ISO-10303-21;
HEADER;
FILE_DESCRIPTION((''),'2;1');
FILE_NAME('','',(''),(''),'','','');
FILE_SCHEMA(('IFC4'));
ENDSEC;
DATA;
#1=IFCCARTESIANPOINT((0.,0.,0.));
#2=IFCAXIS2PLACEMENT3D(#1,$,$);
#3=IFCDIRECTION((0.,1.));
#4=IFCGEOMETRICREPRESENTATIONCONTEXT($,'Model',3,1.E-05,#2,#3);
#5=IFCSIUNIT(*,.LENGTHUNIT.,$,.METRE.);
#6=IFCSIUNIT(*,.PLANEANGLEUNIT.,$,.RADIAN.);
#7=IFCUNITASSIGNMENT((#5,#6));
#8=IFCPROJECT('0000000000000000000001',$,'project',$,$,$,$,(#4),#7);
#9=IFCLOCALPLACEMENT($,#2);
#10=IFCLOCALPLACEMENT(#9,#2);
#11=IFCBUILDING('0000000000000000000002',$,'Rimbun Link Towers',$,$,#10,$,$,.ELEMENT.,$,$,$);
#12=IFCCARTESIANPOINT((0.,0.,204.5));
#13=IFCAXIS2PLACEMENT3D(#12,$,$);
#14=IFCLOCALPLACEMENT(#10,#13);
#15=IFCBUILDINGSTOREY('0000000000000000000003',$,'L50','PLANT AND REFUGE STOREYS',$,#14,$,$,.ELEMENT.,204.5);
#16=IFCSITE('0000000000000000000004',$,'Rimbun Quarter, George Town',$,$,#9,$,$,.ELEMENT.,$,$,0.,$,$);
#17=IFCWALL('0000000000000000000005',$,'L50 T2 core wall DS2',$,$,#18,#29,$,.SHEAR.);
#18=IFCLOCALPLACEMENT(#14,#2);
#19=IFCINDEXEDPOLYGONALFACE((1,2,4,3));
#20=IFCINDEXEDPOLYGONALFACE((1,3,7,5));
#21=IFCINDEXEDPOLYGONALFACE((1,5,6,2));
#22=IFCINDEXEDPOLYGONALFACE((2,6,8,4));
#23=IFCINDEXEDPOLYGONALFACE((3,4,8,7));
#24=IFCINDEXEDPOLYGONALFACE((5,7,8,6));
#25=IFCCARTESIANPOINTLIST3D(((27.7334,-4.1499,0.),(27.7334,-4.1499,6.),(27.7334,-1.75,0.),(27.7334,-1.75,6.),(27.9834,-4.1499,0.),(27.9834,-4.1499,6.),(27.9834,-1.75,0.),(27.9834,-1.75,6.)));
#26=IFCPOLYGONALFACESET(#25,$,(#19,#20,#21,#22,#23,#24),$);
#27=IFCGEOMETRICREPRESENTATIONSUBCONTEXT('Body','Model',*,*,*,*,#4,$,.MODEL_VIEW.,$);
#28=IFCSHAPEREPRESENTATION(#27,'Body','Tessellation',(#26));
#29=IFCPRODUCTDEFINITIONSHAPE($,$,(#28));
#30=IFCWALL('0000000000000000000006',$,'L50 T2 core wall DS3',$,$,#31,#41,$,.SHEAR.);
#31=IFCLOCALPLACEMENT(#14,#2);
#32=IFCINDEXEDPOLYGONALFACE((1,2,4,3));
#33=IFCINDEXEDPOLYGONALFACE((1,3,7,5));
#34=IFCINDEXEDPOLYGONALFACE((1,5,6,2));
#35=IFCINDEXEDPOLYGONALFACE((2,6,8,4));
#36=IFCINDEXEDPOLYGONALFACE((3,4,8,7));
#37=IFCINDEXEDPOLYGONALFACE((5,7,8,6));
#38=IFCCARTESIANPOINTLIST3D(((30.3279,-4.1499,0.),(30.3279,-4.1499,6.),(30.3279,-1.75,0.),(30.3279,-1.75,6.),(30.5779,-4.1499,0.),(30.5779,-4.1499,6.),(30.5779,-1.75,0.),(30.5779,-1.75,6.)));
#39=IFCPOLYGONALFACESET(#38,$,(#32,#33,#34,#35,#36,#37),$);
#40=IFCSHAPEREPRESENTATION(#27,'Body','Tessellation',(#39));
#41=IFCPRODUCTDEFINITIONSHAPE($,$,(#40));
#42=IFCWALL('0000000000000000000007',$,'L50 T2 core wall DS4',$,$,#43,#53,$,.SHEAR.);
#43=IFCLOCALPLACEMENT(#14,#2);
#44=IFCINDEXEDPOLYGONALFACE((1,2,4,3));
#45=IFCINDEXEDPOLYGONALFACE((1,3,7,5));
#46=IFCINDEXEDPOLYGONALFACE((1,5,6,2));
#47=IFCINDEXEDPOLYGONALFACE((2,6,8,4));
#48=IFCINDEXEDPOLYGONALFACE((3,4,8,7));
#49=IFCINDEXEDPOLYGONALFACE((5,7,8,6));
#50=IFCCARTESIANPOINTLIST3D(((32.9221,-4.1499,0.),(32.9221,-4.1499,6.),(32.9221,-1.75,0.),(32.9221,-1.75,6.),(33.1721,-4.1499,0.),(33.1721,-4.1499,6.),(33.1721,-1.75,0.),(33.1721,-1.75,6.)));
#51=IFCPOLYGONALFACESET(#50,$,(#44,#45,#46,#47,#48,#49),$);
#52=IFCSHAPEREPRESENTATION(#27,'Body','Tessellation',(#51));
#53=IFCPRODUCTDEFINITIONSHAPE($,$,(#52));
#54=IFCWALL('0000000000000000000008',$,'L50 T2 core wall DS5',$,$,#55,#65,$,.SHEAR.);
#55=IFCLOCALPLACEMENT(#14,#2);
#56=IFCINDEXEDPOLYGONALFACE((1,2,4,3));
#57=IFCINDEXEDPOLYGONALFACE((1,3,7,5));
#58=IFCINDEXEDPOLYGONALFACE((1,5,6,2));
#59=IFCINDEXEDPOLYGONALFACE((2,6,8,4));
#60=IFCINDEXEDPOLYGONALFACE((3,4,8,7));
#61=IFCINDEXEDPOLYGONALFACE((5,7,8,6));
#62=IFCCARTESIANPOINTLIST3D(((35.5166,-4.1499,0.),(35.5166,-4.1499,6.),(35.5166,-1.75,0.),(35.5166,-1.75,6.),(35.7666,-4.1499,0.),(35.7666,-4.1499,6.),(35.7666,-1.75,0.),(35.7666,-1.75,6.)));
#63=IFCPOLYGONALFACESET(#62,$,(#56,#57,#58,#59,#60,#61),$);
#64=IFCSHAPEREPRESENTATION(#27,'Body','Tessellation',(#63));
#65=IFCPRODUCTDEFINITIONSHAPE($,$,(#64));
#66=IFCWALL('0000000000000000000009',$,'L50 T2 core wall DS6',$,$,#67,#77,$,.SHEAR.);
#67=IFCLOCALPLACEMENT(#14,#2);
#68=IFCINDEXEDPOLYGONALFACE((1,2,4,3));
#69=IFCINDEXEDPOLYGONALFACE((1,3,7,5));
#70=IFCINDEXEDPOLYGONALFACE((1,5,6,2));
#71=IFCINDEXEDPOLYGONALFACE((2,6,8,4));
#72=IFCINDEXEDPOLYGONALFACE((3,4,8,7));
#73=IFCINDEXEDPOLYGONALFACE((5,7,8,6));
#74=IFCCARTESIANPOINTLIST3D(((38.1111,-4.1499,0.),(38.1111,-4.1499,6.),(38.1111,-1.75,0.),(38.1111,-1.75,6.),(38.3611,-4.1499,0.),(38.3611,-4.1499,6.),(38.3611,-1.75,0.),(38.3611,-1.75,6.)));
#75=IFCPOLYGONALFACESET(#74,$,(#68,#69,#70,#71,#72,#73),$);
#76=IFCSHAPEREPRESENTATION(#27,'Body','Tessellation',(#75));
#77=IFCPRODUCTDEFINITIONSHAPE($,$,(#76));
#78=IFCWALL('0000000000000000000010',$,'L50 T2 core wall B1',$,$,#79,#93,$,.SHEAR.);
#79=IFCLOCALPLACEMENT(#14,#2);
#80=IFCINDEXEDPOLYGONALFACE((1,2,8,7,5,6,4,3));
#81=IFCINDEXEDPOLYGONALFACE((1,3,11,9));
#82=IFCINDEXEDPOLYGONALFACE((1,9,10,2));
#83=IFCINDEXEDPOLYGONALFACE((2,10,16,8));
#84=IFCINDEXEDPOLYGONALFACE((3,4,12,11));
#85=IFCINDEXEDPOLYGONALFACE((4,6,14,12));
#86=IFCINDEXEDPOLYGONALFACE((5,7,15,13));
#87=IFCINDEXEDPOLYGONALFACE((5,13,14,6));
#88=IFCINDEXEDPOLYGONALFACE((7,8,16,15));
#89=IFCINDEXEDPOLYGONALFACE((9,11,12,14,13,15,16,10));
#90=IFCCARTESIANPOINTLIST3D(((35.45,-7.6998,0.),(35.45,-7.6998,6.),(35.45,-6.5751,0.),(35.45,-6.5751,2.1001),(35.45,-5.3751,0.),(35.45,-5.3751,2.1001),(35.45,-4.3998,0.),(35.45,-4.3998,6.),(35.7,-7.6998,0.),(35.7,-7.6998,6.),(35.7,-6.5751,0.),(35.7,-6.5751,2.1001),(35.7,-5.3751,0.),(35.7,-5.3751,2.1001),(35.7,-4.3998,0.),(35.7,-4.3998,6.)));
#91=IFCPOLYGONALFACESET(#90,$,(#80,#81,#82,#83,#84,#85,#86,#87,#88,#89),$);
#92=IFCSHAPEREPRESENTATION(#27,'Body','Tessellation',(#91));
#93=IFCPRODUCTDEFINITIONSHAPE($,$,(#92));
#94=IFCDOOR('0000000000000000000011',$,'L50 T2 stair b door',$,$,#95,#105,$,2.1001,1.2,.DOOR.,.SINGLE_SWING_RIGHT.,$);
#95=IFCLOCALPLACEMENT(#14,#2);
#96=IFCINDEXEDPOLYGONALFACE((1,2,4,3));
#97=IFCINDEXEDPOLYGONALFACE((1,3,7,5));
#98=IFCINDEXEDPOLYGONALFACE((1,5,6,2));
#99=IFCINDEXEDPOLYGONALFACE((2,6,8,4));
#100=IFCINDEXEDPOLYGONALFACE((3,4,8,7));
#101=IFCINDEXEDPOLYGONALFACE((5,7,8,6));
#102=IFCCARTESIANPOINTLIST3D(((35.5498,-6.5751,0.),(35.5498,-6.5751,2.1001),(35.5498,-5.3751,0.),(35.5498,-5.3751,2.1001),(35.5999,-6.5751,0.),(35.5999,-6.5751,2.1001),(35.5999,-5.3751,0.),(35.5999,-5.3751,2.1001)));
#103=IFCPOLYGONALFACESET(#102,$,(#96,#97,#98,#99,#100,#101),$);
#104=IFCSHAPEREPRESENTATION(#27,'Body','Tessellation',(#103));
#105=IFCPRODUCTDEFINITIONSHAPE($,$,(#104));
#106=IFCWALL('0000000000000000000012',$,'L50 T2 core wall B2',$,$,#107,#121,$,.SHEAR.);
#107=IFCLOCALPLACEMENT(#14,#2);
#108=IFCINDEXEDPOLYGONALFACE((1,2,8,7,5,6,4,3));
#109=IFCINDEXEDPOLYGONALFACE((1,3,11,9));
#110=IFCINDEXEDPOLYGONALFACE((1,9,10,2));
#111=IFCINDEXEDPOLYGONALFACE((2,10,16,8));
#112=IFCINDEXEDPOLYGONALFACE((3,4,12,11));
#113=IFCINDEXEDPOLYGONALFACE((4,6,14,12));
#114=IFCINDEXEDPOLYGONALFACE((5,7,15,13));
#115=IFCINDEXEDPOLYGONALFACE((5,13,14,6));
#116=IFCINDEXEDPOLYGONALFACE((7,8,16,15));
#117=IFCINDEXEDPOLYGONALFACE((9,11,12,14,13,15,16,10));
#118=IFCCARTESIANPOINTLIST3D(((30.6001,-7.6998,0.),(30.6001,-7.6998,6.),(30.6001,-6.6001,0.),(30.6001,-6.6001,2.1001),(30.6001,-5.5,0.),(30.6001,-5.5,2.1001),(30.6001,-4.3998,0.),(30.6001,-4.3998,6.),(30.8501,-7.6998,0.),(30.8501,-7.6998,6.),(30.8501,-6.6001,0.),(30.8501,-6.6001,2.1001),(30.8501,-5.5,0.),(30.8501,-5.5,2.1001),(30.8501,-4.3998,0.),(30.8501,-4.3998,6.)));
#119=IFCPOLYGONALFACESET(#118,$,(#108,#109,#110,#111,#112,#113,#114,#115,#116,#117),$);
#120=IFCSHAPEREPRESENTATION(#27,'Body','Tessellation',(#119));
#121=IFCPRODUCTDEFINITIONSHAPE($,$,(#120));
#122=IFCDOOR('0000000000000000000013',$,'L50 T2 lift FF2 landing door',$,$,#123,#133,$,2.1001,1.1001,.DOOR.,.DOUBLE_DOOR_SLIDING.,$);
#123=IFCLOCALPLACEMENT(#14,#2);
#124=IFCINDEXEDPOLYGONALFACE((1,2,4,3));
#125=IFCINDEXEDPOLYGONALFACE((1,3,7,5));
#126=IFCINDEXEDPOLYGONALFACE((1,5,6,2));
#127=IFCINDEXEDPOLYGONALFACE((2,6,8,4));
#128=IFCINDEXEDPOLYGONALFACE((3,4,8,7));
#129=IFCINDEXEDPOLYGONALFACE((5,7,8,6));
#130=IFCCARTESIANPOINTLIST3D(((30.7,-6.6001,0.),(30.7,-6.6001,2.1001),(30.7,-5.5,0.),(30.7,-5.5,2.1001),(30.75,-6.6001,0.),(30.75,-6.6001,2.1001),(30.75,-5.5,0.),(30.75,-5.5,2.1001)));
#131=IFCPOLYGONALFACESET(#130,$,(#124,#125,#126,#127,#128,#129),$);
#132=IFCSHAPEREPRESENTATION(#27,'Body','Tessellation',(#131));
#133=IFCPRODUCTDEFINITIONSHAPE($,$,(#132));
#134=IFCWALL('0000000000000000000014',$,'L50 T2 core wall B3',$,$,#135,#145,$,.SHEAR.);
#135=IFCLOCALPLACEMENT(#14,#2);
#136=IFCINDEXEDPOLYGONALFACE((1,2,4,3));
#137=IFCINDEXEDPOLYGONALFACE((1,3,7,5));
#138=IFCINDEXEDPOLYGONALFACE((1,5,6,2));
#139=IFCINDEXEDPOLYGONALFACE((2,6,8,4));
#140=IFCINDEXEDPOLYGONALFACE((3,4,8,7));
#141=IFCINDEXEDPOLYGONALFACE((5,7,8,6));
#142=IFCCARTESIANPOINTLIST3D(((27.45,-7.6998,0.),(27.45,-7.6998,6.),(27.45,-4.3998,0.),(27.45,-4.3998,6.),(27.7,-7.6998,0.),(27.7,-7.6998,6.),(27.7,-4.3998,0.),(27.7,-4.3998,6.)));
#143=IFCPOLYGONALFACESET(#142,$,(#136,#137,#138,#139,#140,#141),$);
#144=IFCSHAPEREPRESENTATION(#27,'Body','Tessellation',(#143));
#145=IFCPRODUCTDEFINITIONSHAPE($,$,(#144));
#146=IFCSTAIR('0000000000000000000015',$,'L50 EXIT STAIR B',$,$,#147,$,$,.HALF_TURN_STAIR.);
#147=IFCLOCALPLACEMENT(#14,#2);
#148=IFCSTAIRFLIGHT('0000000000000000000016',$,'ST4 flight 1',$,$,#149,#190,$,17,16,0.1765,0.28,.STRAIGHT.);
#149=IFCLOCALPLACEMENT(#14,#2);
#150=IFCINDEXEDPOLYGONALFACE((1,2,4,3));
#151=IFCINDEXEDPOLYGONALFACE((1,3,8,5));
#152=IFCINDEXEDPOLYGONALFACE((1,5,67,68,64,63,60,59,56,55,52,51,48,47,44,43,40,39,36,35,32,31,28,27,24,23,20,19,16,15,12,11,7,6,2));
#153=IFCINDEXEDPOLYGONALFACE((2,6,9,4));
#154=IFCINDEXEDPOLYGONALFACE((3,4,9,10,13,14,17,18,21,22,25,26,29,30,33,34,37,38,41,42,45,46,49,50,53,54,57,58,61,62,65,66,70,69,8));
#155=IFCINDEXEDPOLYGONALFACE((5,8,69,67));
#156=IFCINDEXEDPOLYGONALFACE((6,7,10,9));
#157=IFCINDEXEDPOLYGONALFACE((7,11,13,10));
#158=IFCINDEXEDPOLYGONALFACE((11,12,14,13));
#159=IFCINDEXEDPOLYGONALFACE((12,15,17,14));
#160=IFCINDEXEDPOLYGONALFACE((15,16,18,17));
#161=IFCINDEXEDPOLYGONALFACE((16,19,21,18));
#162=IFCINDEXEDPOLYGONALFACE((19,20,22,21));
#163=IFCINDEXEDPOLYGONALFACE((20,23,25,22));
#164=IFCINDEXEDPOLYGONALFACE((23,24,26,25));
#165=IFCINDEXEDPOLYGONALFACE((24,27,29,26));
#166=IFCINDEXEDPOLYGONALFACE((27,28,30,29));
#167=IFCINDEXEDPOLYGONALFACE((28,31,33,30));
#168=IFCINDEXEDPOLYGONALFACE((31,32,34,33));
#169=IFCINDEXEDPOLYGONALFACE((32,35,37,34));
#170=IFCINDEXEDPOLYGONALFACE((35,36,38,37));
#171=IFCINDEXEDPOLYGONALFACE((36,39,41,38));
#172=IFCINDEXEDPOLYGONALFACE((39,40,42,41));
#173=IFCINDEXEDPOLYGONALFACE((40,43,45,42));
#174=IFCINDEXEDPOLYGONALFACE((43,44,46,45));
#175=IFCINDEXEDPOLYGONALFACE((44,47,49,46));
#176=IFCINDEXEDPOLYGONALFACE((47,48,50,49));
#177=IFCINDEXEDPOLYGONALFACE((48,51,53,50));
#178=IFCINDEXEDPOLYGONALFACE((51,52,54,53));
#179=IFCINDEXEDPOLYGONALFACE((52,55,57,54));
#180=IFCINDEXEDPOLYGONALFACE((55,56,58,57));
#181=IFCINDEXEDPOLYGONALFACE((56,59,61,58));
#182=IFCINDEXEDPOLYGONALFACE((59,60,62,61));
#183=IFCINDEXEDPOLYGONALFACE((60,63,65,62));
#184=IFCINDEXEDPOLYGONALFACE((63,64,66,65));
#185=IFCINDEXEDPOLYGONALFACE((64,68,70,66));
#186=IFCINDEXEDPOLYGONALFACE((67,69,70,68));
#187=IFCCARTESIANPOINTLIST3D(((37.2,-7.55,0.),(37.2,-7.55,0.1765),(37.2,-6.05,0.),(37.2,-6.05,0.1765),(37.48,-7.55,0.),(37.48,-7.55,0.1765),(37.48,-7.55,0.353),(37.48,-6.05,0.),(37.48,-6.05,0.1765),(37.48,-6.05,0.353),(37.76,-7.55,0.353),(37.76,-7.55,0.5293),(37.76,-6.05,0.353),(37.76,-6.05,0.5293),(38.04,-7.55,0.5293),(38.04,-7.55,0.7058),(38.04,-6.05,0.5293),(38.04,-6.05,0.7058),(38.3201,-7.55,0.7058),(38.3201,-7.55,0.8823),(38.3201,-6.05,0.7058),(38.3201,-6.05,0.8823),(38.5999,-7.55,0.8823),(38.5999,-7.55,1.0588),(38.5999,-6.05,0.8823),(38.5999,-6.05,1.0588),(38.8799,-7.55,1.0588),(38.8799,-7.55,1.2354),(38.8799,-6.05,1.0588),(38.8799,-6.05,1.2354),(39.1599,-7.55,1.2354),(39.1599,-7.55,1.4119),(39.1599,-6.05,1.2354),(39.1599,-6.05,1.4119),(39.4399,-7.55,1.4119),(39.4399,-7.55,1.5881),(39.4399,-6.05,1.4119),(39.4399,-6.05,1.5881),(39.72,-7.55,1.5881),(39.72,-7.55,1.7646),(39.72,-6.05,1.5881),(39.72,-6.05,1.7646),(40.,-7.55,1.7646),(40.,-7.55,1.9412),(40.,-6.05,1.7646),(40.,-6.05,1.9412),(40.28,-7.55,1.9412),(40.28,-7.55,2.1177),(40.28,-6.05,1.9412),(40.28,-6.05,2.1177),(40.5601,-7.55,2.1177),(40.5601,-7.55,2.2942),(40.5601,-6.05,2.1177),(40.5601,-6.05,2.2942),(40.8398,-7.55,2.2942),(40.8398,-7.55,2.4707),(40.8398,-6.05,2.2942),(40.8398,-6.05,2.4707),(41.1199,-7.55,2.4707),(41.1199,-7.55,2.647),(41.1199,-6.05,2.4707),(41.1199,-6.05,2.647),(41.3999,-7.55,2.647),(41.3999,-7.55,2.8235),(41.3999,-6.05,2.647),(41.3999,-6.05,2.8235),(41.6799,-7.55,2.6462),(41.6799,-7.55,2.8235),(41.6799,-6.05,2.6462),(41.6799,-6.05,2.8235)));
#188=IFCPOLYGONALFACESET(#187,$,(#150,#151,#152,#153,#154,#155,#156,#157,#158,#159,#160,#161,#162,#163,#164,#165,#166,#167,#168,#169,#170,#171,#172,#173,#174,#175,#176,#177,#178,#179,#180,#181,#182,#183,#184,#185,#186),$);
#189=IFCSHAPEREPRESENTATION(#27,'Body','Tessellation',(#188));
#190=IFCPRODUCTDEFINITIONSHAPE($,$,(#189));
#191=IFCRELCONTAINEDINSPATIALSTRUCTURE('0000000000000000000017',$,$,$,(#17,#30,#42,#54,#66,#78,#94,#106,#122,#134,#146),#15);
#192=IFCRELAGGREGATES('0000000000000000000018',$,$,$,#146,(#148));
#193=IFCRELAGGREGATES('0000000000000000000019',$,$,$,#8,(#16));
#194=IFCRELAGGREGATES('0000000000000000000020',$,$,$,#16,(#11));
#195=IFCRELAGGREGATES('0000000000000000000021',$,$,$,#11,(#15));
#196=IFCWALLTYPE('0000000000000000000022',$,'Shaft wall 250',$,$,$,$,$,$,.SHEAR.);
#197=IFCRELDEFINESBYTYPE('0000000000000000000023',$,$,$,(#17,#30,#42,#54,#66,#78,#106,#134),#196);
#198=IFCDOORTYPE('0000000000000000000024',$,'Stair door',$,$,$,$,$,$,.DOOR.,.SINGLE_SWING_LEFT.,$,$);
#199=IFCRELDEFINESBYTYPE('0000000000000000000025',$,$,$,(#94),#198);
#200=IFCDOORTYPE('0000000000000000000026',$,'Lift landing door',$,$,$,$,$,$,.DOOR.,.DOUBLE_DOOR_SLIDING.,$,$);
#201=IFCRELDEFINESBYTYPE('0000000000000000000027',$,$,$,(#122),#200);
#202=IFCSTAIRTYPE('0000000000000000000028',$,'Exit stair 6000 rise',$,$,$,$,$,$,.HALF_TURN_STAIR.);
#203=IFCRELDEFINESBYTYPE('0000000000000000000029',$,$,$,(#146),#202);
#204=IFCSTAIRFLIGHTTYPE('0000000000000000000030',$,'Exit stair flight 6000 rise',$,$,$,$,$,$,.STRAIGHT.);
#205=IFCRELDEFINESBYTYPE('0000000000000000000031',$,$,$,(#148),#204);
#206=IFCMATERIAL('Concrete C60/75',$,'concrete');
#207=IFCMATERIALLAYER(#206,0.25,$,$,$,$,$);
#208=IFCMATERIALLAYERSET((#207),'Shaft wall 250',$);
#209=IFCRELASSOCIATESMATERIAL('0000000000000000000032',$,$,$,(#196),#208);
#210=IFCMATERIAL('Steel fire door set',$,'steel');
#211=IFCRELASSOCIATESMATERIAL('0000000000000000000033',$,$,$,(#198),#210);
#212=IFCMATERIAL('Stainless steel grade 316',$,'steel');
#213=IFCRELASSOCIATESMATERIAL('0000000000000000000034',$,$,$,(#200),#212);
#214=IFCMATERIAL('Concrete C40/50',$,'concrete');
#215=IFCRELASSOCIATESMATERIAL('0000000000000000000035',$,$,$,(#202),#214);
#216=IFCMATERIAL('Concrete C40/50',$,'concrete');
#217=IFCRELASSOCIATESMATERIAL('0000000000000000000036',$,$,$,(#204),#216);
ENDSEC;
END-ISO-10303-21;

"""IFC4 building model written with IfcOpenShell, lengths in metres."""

from ifc_helpers import new_model, si_unit, direction, frame, frame_2d, origin, place, context, subcontext, project, spatial, polyline, rectangle, outline, extrude, material, layer, layer_set, type_object, element, fill, aggregate, save


model = new_model("IFC4")

# Units and contexts
model_context = context("Model", 3, precision=1e-05, world=origin(), true_north=direction((0.0, 1.0)))
body_context = subcontext(model_context, "Body", "Model", "MODEL_VIEW")
ifc_project = project(units=[si_unit("LENGTHUNIT", "METRE"), si_unit("PLANEANGLEUNIT", "RADIAN")], contexts=[model_context])

# Site, building, storey
site_placement = place(None, origin())
site = spatial("IfcSite", under=ifc_project, at=site_placement, Name="Rimbun Quarter, George Town", CompositionType="ELEMENT", RefElevation=0.0)
building_placement = place(site_placement, origin())
building = spatial("IfcBuilding", under=site, at=building_placement, Name="Rimbun Link Towers", CompositionType="ELEMENT")
storey_placement = place(building_placement, frame((0.0, 0.0, 204.5)))
storey = spatial("IfcBuildingStorey", under=building, at=storey_placement, Name="L50", Description="PLANT AND REFUGE STOREYS", CompositionType="ELEMENT", Elevation=204.5)

# Walls
ifc_material_1 = material(Name="Concrete C60/75", Category="concrete")
ifc_layer_1 = layer(ifc_material_1, 0.25)
ifc_layer_set_1 = layer_set([ifc_layer_1], Name="Shaft wall 250")
wall_type_1 = type_object("IfcWallType", Name="Shaft wall 250", PredefinedType="SHEAR", material=ifc_layer_set_1)
for number, where, z_axis, x_axis, name in (
    (1, (27.8584, -4.1499, 0.0), (0.0, 0.0, 1.0), (0.0, 1.0, 0.0), "L50 T2 core wall DS2"),
    (2, (30.4529, -4.1499, 0.0), (0.0, 0.0, 1.0), (0.0, 1.0, 0.0), "L50 T2 core wall DS3"),
    (3, (33.0471, -4.1499, 0.0), (0.0, 0.0, 1.0), (0.0, 1.0, 0.0), "L50 T2 core wall DS4"),
    (4, (35.6416, -4.1499, 0.0), (0.0, 0.0, 1.0), (0.0, 1.0, 0.0), "L50 T2 core wall DS5"),
    (5, (38.2361, -4.1499, 0.0), (0.0, 0.0, 1.0), (0.0, 1.0, 0.0), "L50 T2 core wall DS6"),
):
    element("IfcWall", number, at=place(storey_placement, frame(where, z_axis=z_axis, x_axis=x_axis)), inside=storey, type_object=wall_type_1, Name=name, PredefinedType="SHEAR", context=body_context, shape_type="SweptSolid", body=[
        extrude(rectangle(XDim=2.3999, YDim=0.25, at=frame_2d((1.2, 0.0))), origin(), (0.0, 0.0, 1.0), 6.0),
    ])

# Walls, openings, doors
wall_1_placement = place(storey_placement, frame((35.575, -4.3999, 0.0), z_axis=(0.0, 0.0, 1.0), x_axis=(0.0, -1.0, 0.0)))
wall_1 = element("IfcWall", 6, at=wall_1_placement, inside=storey, type_object=wall_type_1, Name="L50 T2 core wall B1", PredefinedType="SHEAR", context=body_context, shape_type="SweptSolid", body=[
    extrude(rectangle(XDim=3.3, YDim=0.25, at=frame_2d((1.6499, 0.0))), origin(), (0.0, 0.0, 1.0), 6.0),
])
opening_1_placement = place(wall_1_placement, frame((0.9751, 0.0, 0.0)))
opening_1 = element("IfcOpeningElement", 7, at=opening_1_placement, cuts=wall_1, PredefinedType="OPENING", context=body_context, shape_type="SweptSolid", body=[
    extrude(rectangle(XDim=1.2, YDim=2.1001, at=frame_2d((0.6001, 1.05))), frame((0.0, 0.135, 0.0), z_axis=(0.0, -1.0, 0.0), x_axis=(1.0, 0.0, 0.0)), (0.0, 0.0, 1.0), 0.27),
])
ifc_material_2 = material(Name="Steel fire door set", Category="steel")
door_type_1 = type_object("IfcDoorType", Name="Stair door", OperationType="SINGLE_SWING_LEFT", PredefinedType="DOOR", material=ifc_material_2)
door_1_placement = place(opening_1_placement, origin())
door_1 = element("IfcDoor", 8, at=door_1_placement, inside=storey, type_object=door_type_1, Name="L50 T2 stair b door", OperationType="SINGLE_SWING_RIGHT", OverallHeight=2.1001, OverallWidth=1.2, PredefinedType="DOOR", context=body_context, shape_type="SweptSolid", body=[
    extrude(rectangle(XDim=1.2, YDim=2.1001, at=frame_2d((0.6001, 1.05))), frame((0.0, 0.0249, 0.0), z_axis=(0.0, -1.0, 0.0), x_axis=(1.0, 0.0, 0.0)), (0.0, 0.0, 1.0), 0.05),
])
fill(opening_1, door_1)
wall_2_placement = place(storey_placement, frame((30.7251, -4.3999, 0.0), z_axis=(0.0, 0.0, 1.0), x_axis=(0.0, -1.0, 0.0)))
wall_2 = element("IfcWall", 9, at=wall_2_placement, inside=storey, type_object=wall_type_1, Name="L50 T2 core wall B2", PredefinedType="SHEAR", context=body_context, shape_type="SweptSolid", body=[
    extrude(rectangle(XDim=3.3, YDim=0.25, at=frame_2d((1.6499, 0.0))), origin(), (0.0, 0.0, 1.0), 6.0),
])
opening_2_placement = place(wall_2_placement, frame((1.1001, 0.0, 0.0)))
opening_2 = element("IfcOpeningElement", 10, at=opening_2_placement, cuts=wall_2, PredefinedType="OPENING", context=body_context, shape_type="SweptSolid", body=[
    extrude(rectangle(XDim=1.1001, YDim=2.1001, at=frame_2d((0.55, 1.05))), frame((0.0, 0.135, 0.0), z_axis=(0.0, -1.0, 0.0), x_axis=(1.0, 0.0, 0.0)), (0.0, 0.0, 1.0), 0.27),
])
ifc_material_3 = material(Name="Stainless steel grade 316", Category="steel")
door_type_2 = type_object("IfcDoorType", Name="Lift landing door", OperationType="DOUBLE_DOOR_SLIDING", PredefinedType="DOOR", material=ifc_material_3)
door_2_placement = place(opening_2_placement, origin())
door_2 = element("IfcDoor", 11, at=door_2_placement, inside=storey, type_object=door_type_2, Name="L50 T2 lift FF2 landing door", OperationType="DOUBLE_DOOR_SLIDING", OverallHeight=2.1001, OverallWidth=1.1001, PredefinedType="DOOR", context=body_context, shape_type="SweptSolid", body=[
    extrude(rectangle(XDim=1.1001, YDim=2.1001, at=frame_2d((0.55, 1.05))), frame((0.0, 0.0249, 0.0), z_axis=(0.0, -1.0, 0.0), x_axis=(1.0, 0.0, 0.0)), (0.0, 0.0, 1.0), 0.05),
])
fill(opening_2, door_2)

# Wall
wall_3_placement = place(storey_placement, frame((27.575, -4.3999, 0.0), z_axis=(0.0, 0.0, 1.0), x_axis=(0.0, -1.0, 0.0)))
element("IfcWall", 12, at=wall_3_placement, inside=storey, type_object=wall_type_1, Name="L50 T2 core wall B3", PredefinedType="SHEAR", context=body_context, shape_type="SweptSolid", body=[
    extrude(rectangle(XDim=3.3, YDim=0.25, at=frame_2d((1.6499, 0.0))), origin(), (0.0, 0.0, 1.0), 6.0),
])

# Stair, stair flight
ifc_material_4 = material(Name="Concrete C40/50", Category="concrete")
stair_type = type_object("IfcStairType", Name="Exit stair 6000 rise", PredefinedType="HALF_TURN_STAIR", material=ifc_material_4)
stair_placement = place(storey_placement, origin())
stair = element("IfcStair", 13, at=stair_placement, inside=storey, type_object=stair_type, Name="L50 EXIT STAIR B", PredefinedType="HALF_TURN_STAIR")
ifc_material_5 = material(Name="Concrete C40/50", Category="concrete")
stair_flight_type = type_object("IfcStairFlightType", Name="Exit stair flight 6000 rise", PredefinedType="STRAIGHT", material=ifc_material_5)
stair_flight_placement = place(storey_placement, frame((37.2, -6.8, 0.0), z_axis=(0.0, 0.0, 1.0), x_axis=(1.0, 0.0, 0.0)))
stair_flight = element("IfcStairFlight", 14, at=stair_flight_placement, type_object=stair_flight_type, Name="ST4 flight 1", NumberOfRisers=17, NumberOfTreads=16, PredefinedType="STRAIGHT", RiserHeight=0.1765, TreadLength=0.28, context=body_context, shape_type="SweptSolid", body=[
    extrude(outline(polyline([(0.0, 0.0), (0.0, 0.1765), (0.28, 0.1765), (0.28, 0.353), (0.5601, 0.353), (0.5601, 0.5293), (0.8401, 0.5293), (0.8401, 0.7058), (1.1201, 0.7058), (1.1201, 0.8823), (1.3999, 0.8823), (1.3999, 1.0588), (1.6799, 1.0588), (1.6799, 1.2354), (1.96, 1.2354), (1.96, 1.4119), (2.24, 1.4119), (2.24, 1.5881), (2.52, 1.5881), (2.52, 1.7646), (2.8, 1.7646), (2.8, 1.9412), (3.0801, 1.9412), (3.0801, 2.1177), (3.3601, 2.1177), (3.3601, 2.2942), (3.6399, 2.2942), (3.6399, 2.4707), (3.9199, 2.4707), (3.9199, 2.647), (4.2, 2.647), (4.2, 2.8235), (4.48, 2.8235), (4.48, 3.0), (4.48, 2.6462), (0.28, 0.0), (0.0, 0.0)])), frame((0.0, 0.75, 0.0), z_axis=(0.0, -1.0, 0.0), x_axis=(1.0, 0.0, 0.0)), (0.0, 0.0, 1.0), 1.5),
])
aggregate(stair, [stair_flight])

save(model, "model.ifc")
